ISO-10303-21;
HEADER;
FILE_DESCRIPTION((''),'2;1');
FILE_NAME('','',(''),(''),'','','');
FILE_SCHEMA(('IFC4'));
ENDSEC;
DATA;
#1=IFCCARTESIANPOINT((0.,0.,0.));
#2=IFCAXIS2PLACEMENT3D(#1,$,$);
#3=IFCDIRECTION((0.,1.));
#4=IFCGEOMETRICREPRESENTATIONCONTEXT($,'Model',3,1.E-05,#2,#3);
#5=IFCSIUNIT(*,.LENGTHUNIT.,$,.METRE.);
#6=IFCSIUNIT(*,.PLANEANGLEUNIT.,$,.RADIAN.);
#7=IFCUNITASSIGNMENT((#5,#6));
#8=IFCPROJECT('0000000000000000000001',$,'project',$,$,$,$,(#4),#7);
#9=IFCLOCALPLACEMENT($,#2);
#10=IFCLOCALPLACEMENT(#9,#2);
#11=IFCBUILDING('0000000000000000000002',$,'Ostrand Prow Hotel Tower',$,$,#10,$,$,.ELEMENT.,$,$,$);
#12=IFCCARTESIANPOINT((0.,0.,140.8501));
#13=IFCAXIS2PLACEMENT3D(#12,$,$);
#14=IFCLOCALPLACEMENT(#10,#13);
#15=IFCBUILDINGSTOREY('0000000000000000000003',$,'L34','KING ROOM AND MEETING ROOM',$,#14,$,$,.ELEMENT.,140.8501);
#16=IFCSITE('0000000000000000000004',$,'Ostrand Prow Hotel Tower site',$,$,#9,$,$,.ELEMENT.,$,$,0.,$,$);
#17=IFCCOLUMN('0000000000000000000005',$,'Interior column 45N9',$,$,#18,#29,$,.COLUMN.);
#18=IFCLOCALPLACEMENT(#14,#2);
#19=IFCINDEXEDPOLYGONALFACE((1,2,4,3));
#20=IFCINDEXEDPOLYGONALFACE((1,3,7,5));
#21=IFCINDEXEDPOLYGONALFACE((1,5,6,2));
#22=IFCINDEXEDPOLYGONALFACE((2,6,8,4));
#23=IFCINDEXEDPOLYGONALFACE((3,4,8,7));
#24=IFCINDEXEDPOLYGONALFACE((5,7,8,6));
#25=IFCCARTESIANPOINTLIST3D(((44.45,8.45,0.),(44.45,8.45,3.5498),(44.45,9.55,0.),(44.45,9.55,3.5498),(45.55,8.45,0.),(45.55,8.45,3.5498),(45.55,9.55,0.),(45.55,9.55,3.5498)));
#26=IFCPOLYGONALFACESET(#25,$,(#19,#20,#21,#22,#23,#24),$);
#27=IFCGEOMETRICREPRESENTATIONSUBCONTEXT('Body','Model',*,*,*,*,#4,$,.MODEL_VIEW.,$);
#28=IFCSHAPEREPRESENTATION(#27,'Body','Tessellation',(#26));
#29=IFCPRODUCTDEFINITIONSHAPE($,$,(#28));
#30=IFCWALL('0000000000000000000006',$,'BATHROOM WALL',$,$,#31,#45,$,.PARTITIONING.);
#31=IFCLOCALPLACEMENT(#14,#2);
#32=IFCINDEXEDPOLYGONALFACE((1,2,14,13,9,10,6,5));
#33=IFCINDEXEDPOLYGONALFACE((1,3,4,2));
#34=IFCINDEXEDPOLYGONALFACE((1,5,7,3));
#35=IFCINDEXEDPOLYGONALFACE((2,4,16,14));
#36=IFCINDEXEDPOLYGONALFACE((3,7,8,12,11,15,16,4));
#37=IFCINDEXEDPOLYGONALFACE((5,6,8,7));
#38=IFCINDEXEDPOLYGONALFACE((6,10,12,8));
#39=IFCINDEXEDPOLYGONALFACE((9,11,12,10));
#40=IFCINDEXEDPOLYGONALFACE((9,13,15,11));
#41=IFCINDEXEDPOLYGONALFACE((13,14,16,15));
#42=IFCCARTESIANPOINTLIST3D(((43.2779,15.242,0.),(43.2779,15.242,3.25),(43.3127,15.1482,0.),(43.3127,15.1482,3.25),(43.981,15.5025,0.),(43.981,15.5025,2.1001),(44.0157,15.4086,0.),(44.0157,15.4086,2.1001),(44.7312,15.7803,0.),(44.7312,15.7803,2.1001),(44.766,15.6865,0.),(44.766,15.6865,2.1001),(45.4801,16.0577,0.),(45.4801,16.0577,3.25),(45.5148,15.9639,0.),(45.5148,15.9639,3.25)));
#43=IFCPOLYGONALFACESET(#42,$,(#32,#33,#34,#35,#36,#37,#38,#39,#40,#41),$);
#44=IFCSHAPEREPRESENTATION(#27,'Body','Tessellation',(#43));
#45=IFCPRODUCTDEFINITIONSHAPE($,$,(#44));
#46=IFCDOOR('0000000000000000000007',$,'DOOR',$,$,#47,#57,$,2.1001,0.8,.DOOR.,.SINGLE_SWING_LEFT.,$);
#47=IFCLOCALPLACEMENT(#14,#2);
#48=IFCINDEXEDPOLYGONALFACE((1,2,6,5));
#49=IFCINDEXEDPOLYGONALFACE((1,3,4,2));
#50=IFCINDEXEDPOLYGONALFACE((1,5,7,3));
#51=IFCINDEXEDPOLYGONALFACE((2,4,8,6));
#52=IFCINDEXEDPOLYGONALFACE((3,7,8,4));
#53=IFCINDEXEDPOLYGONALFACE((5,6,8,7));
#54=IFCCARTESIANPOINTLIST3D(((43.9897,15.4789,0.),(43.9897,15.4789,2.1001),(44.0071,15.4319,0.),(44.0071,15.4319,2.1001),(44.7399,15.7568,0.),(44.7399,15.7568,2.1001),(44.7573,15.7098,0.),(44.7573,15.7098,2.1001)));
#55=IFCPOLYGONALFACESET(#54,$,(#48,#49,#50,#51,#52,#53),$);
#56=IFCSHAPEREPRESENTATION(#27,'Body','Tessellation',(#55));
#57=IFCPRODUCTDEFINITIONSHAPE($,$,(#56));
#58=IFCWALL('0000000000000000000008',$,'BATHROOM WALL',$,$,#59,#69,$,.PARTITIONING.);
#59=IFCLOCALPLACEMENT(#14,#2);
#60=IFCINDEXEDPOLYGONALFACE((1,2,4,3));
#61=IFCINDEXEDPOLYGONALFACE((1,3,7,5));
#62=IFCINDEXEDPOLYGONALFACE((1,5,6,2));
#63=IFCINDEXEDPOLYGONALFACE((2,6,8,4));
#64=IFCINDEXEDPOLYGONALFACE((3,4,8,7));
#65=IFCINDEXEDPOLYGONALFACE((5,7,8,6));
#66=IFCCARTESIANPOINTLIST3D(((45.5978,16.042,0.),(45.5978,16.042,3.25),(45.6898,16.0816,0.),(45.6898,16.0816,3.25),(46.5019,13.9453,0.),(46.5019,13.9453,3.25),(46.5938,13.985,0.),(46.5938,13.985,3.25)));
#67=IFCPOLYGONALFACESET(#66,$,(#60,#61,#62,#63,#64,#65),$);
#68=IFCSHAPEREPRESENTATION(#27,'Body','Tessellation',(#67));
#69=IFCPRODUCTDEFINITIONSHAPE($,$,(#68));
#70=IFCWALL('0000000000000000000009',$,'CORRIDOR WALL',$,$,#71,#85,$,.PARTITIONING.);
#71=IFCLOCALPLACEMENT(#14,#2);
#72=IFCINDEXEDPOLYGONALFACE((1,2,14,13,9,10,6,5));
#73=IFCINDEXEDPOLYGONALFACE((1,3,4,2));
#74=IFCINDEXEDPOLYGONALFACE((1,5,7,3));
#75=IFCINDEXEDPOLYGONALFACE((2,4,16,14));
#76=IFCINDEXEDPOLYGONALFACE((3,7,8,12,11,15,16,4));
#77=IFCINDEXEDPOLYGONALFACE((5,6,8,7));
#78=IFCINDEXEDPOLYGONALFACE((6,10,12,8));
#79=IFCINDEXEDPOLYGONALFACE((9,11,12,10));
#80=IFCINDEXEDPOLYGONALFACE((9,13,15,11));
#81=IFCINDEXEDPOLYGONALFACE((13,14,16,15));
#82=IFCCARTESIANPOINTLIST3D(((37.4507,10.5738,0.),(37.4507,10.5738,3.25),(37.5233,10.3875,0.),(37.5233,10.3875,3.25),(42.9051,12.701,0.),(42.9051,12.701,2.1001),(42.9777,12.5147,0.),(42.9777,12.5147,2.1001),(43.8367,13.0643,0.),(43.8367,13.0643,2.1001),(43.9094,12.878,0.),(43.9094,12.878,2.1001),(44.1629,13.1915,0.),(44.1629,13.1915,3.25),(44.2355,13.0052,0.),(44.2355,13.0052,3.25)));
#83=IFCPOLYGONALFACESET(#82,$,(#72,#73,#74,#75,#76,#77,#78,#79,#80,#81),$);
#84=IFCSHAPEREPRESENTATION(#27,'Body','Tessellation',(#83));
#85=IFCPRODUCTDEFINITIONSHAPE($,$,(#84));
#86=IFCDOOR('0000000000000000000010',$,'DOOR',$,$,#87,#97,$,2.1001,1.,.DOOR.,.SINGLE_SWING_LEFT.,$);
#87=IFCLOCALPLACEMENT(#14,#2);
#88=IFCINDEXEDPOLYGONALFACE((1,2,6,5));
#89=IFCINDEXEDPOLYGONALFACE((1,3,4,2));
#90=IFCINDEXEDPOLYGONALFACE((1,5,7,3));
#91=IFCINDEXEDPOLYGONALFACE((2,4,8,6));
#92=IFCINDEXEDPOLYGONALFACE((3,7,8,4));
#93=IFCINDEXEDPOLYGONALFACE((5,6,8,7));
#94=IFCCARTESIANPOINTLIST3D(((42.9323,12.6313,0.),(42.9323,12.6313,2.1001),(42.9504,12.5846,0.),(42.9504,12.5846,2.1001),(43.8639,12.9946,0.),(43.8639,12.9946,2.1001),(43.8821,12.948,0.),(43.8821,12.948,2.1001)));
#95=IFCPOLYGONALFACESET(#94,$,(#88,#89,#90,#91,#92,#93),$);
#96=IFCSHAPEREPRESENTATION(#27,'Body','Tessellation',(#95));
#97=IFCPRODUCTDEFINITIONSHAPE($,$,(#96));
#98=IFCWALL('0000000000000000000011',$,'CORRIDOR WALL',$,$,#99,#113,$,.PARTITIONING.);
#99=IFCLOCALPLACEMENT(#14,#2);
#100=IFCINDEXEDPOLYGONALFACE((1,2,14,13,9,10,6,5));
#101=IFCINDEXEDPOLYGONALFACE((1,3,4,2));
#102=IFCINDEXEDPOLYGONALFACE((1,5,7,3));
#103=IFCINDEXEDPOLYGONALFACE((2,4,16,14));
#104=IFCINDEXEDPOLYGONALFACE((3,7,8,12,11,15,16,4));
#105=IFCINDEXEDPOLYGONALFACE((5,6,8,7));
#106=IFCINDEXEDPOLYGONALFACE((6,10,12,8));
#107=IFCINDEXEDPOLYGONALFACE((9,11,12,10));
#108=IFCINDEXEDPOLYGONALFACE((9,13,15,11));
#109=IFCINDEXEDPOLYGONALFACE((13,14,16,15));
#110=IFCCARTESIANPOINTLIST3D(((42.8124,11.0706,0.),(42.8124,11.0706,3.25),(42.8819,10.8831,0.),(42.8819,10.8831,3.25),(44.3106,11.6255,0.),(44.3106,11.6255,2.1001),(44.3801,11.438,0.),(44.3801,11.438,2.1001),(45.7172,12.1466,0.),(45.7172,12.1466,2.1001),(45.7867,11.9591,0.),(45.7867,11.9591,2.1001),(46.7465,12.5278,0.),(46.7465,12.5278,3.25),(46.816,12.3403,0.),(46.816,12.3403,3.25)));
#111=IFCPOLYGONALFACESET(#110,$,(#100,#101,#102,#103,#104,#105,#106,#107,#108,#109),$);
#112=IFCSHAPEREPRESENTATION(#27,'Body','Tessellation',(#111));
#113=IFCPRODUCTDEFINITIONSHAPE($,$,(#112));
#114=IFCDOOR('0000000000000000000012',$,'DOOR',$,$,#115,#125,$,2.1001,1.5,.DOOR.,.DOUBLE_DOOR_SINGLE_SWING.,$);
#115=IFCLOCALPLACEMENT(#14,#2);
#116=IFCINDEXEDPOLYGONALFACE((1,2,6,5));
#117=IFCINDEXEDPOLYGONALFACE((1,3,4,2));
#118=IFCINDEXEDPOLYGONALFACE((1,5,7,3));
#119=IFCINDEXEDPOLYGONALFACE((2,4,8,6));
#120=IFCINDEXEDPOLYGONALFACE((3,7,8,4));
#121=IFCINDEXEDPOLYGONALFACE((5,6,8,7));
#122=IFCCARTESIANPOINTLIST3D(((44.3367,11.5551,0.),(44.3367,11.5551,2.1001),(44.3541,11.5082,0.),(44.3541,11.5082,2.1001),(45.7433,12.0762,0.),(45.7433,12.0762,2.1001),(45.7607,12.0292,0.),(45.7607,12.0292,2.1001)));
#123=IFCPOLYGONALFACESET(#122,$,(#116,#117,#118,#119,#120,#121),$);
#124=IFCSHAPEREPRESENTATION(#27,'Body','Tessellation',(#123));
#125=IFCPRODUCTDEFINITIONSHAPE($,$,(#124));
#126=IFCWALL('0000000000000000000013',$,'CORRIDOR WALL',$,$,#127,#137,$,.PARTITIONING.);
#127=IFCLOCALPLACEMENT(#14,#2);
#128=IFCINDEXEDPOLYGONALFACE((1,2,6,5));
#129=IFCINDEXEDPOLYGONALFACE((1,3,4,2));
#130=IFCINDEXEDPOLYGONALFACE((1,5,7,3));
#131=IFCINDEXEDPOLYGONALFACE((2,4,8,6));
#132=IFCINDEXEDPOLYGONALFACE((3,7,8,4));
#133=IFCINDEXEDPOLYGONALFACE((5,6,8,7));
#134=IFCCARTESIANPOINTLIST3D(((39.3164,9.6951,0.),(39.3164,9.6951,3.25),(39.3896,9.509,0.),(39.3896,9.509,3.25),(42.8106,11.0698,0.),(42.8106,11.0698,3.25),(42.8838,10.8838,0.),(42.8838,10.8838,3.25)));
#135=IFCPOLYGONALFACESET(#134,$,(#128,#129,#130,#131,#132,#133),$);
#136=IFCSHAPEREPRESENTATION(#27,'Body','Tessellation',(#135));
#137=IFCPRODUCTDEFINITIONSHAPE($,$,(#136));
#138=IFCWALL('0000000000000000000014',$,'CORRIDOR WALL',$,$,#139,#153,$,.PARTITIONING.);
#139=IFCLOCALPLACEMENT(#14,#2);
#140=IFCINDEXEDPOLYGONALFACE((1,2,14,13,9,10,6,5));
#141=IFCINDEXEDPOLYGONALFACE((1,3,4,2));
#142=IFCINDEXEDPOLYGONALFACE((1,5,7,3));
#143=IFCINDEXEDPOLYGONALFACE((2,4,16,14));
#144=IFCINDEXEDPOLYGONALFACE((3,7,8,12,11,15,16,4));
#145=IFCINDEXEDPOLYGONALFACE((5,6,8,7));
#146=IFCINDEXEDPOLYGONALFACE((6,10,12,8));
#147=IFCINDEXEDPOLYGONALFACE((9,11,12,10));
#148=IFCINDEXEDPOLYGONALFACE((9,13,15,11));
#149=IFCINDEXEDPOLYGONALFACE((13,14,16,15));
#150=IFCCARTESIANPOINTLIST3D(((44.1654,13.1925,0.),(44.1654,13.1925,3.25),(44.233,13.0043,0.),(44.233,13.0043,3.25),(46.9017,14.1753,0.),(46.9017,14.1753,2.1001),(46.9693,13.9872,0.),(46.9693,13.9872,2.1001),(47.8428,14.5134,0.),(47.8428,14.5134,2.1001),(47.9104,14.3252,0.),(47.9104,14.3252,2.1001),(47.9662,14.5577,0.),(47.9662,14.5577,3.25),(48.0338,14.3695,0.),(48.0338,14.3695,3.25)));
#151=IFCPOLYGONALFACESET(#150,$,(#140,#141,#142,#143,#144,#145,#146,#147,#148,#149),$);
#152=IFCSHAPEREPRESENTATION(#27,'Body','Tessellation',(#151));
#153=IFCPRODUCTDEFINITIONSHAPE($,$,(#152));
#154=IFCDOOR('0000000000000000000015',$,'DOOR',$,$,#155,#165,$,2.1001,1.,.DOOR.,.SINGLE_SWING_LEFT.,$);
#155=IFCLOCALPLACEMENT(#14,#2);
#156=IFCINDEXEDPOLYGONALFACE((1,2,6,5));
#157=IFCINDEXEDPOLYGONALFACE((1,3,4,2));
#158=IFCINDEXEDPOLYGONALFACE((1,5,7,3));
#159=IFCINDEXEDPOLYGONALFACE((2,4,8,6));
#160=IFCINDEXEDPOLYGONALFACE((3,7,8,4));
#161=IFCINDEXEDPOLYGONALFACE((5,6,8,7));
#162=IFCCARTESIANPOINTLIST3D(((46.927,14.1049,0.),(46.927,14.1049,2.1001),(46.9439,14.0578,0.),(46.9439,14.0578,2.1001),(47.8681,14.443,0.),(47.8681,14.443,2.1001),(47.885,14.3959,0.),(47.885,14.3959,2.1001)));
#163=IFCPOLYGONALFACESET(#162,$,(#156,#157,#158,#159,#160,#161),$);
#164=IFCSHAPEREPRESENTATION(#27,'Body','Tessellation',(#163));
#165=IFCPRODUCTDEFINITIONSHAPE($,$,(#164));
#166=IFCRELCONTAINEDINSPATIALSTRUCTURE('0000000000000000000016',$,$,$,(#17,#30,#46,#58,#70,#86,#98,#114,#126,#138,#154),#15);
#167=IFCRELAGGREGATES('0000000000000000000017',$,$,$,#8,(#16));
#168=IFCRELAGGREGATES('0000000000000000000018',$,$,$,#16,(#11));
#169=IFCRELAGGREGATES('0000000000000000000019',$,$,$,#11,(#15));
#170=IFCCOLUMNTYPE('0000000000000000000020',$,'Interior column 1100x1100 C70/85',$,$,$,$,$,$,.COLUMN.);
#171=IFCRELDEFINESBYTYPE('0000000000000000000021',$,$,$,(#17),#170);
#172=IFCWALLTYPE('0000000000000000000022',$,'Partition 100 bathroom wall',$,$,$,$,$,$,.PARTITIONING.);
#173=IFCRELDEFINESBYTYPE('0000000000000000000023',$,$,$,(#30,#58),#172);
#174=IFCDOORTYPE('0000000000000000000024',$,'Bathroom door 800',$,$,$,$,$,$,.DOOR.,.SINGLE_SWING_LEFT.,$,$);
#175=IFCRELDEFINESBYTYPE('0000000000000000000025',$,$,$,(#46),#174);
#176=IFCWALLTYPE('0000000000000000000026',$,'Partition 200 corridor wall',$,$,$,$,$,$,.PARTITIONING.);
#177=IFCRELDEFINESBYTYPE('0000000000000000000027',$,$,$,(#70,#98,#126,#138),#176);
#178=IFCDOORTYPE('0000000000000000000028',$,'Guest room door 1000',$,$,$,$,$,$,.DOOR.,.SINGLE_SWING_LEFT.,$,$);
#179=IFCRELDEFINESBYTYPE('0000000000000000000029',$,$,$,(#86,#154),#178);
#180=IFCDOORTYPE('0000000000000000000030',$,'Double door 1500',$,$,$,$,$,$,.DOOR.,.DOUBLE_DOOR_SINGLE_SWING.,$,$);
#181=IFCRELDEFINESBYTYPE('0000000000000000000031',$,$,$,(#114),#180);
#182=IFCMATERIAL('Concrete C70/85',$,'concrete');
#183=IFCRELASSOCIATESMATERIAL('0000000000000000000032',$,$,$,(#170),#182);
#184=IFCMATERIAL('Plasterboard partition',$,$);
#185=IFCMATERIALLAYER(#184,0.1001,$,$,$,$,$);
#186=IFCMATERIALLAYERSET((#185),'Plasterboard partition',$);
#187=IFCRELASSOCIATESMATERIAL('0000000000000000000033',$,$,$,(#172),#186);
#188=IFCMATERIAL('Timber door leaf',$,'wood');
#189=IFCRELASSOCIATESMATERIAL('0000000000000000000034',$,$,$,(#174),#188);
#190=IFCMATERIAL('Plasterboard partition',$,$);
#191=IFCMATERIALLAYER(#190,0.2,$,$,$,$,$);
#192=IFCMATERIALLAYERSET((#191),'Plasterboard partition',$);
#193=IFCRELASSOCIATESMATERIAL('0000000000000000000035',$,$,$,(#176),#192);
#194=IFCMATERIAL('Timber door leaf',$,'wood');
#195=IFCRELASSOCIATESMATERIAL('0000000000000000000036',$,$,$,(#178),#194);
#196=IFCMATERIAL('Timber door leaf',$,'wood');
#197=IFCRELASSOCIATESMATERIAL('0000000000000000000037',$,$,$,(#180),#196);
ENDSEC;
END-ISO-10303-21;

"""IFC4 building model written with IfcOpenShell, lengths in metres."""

from ifc_helpers import new_model, si_unit, direction, frame, frame_2d, origin, origin_2d, place, context, subcontext, project, spatial, rectangle, extrude, material, layer, layer_set, material_profile, profile_set, type_object, element, fill, save


model = new_model("IFC4")

# Units and contexts
model_context = context("Model", 3, precision=1e-05, world=origin(), true_north=direction((0.0, 1.0)))
body_context = subcontext(model_context, "Body", "Model", "MODEL_VIEW")
ifc_project = project(units=[si_unit("LENGTHUNIT", "METRE"), si_unit("PLANEANGLEUNIT", "RADIAN")], contexts=[model_context])

# Site, building, storey
site_placement = place(None, origin())
site = spatial("IfcSite", under=ifc_project, at=site_placement, Name="Ostrand Prow Hotel Tower site", CompositionType="ELEMENT", RefElevation=0.0)
building_placement = place(site_placement, origin())
building = spatial("IfcBuilding", under=site, at=building_placement, Name="Ostrand Prow Hotel Tower", CompositionType="ELEMENT")
storey_placement = place(building_placement, frame((0.0, 0.0, 140.8501)))
storey = spatial("IfcBuildingStorey", under=building, at=storey_placement, Name="L34", Description="KING ROOM AND MEETING ROOM", CompositionType="ELEMENT", Elevation=140.8501)

# Column
ifc_material_1 = material(Name="Concrete C70/85", Category="concrete")
ifc_material_profile = material_profile(ifc_material_1, rectangle(XDim=1.1001, YDim=1.1001, at=origin_2d()), Name="RC 1100x1100")
ifc_profile_set = profile_set([ifc_material_profile], Name="Concrete C70/85")
column_type = type_object("IfcColumnType", Name="Interior column 1100x1100 C70/85", PredefinedType="COLUMN", material=ifc_profile_set)
column_placement = place(storey_placement, frame((45.0, 9.0, 0.0), z_axis=(0.0, 0.0, 1.0), x_axis=(1.0, 0.0, 0.0)))
element("IfcColumn", 1, at=column_placement, inside=storey, type_object=column_type, Name="Interior column 45N9", PredefinedType="COLUMN", context=body_context, shape_type="SweptSolid", body=[
    extrude(rectangle(XDim=1.1001, YDim=1.1001, at=origin_2d()), origin(), (0.0, 0.0, 1.0), 3.5498),
])

# Wall, opening, door
ifc_material_2 = material(Name="Plasterboard partition")
ifc_layer_1 = layer(ifc_material_2, 0.1001)
ifc_layer_set_1 = layer_set([ifc_layer_1], Name="Plasterboard partition")
wall_type_1 = type_object("IfcWallType", Name="Partition 100 bathroom wall", PredefinedType="PARTITIONING", material=ifc_layer_set_1)
wall_1_placement = place(storey_placement, frame((43.2952, 15.1951, 0.0), z_axis=(0.0, 0.0, 1.0), x_axis=(0.93774, 0.347338, 0.0)))
wall_1 = element("IfcWall", 2, at=wall_1_placement, inside=storey, type_object=wall_type_1, Name="BATHROOM WALL", PredefinedType="PARTITIONING", context=body_context, shape_type="SweptSolid", body=[
    extrude(rectangle(XDim=2.3484, YDim=0.1001, at=frame_2d((1.1743, 0.0))), origin(), (0.0, 0.0, 1.0), 3.25),
])
opening_1_placement = place(wall_1_placement, frame((0.75, 0.0, 0.0)))
opening_1 = element("IfcOpeningElement", 3, at=opening_1_placement, cuts=wall_1, PredefinedType="OPENING", context=body_context, shape_type="SweptSolid", body=[
    extrude(rectangle(XDim=0.8, YDim=2.1001, at=frame_2d((0.3999, 1.05))), frame((0.0, 0.0601, 0.0), z_axis=(0.0, -1.0, 0.0), x_axis=(1.0, 0.0, 0.0)), (0.0, 0.0, 1.0), 0.1201),
])
ifc_material_3 = material(Name="Timber door leaf", Category="wood")
door_type_1 = type_object("IfcDoorType", Name="Bathroom door 800", OperationType="SINGLE_SWING_LEFT", PredefinedType="DOOR", material=ifc_material_3)
door_1_placement = place(opening_1_placement, origin())
door_1 = element("IfcDoor", 4, at=door_1_placement, inside=storey, type_object=door_type_1, Name="DOOR", OperationType="SINGLE_SWING_LEFT", OverallHeight=2.1001, OverallWidth=0.8, PredefinedType="DOOR", context=body_context, shape_type="SweptSolid", body=[
    extrude(rectangle(XDim=0.8, YDim=2.1001, at=frame_2d((0.3999, 1.05))), frame((0.0, 0.0249, 0.0), z_axis=(0.0, -1.0, 0.0), x_axis=(1.0, 0.0, 0.0)), (0.0, 0.0, 1.0), 0.05),
])
fill(opening_1, door_1)

# Wall
wall_2_placement = place(storey_placement, frame((45.6438, 16.0618, 0.0), z_axis=(0.0, 0.0, 1.0), x_axis=(0.395944, -0.918274, 0.0)))
element("IfcWall", 5, at=wall_2_placement, inside=storey, type_object=wall_type_1, Name="BATHROOM WALL", PredefinedType="PARTITIONING", context=body_context, shape_type="SweptSolid", body=[
    extrude(rectangle(XDim=2.2832, YDim=0.1001, at=frame_2d((1.1416, 0.0))), origin(), (0.0, 0.0, 1.0), 3.25),
])

# Walls, openings, doors
ifc_material_4 = material(Name="Plasterboard partition")
ifc_layer_2 = layer(ifc_material_4, 0.2)
ifc_layer_set_2 = layer_set([ifc_layer_2], Name="Plasterboard partition")
wall_type_2 = type_object("IfcWallType", Name="Partition 200 corridor wall", PredefinedType="PARTITIONING", material=ifc_layer_set_2)
wall_3_placement = place(storey_placement, frame((44.1992, 13.0984, 0.0), z_axis=(0.0, 0.0, 1.0), x_axis=(-0.931658, -0.363337, 0.0)))
wall_3 = element("IfcWall", 6, at=wall_3_placement, inside=storey, type_object=wall_type_2, Name="CORRIDOR WALL", PredefinedType="PARTITIONING", context=body_context, shape_type="SweptSolid", body=[
    extrude(rectangle(XDim=7.2046, YDim=0.2, at=frame_2d((3.6023, 0.0))), origin(), (0.0, 0.0, 1.0), 3.25),
])
opening_2_placement = place(wall_3_placement, frame((0.3501, 0.0, 0.0)))
opening_2 = element("IfcOpeningElement", 7, at=opening_2_placement, cuts=wall_3, PredefinedType="OPENING", context=body_context, shape_type="SweptSolid", body=[
    extrude(rectangle(XDim=1.0, YDim=2.1001, at=frame_2d((0.5, 1.05))), frame((0.0, 0.1099, 0.0), z_axis=(0.0, -1.0, 0.0), x_axis=(1.0, 0.0, 0.0)), (0.0, 0.0, 1.0), 0.22),
])
ifc_material_5 = material(Name="Timber door leaf", Category="wood")
door_type_2 = type_object("IfcDoorType", Name="Guest room door 1000", OperationType="SINGLE_SWING_LEFT", PredefinedType="DOOR", material=ifc_material_5)
door_2_placement = place(opening_2_placement, origin())
door_2 = element("IfcDoor", 8, at=door_2_placement, inside=storey, type_object=door_type_2, Name="DOOR", OperationType="SINGLE_SWING_LEFT", OverallHeight=2.1001, OverallWidth=1.0, PredefinedType="DOOR", context=body_context, shape_type="SweptSolid", body=[
    extrude(rectangle(XDim=1.0, YDim=2.1001, at=frame_2d((0.5, 1.05))), frame((0.0, 0.0249, 0.0), z_axis=(0.0, -1.0, 0.0), x_axis=(1.0, 0.0, 0.0)), (0.0, 0.0, 1.0), 0.05),
])
fill(opening_2, door_2)
wall_4_placement = place(storey_placement, frame((42.8472, 10.9768, 0.0), z_axis=(0.0, 0.0, 1.0), x_axis=(0.937733, 0.347358, 0.0)))
wall_4 = element("IfcWall", 9, at=wall_4_placement, inside=storey, type_object=wall_type_2, Name="CORRIDOR WALL", PredefinedType="PARTITIONING", context=body_context, shape_type="SweptSolid", body=[
    extrude(rectangle(XDim=4.1953, YDim=0.2, at=frame_2d((2.0977, 0.0))), origin(), (0.0, 0.0, 1.0), 3.25),
])
opening_3_placement = place(wall_4_placement, frame((1.5977, 0.0, 0.0)))
opening_3 = element("IfcOpeningElement", 10, at=opening_3_placement, cuts=wall_4, PredefinedType="OPENING", context=body_context, shape_type="SweptSolid", body=[
    extrude(rectangle(XDim=1.5, YDim=2.1001, at=frame_2d((0.75, 1.05))), frame((0.0, 0.1099, 0.0), z_axis=(0.0, -1.0, 0.0), x_axis=(1.0, 0.0, 0.0)), (0.0, 0.0, 1.0), 0.22),
])
ifc_material_6 = material(Name="Timber door leaf", Category="wood")
door_type_3 = type_object("IfcDoorType", Name="Double door 1500", OperationType="DOUBLE_DOOR_SINGLE_SWING", PredefinedType="DOOR", material=ifc_material_6)
door_3_placement = place(opening_3_placement, origin())
door_3 = element("IfcDoor", 11, at=door_3_placement, inside=storey, type_object=door_type_3, Name="DOOR", OperationType="DOUBLE_DOOR_SINGLE_SWING", OverallHeight=2.1001, OverallWidth=1.5, PredefinedType="DOOR", context=body_context, shape_type="SweptSolid", body=[
    extrude(rectangle(XDim=1.5, YDim=2.1001, at=frame_2d((0.75, 1.05))), frame((0.0, 0.0249, 0.0), z_axis=(0.0, -1.0, 0.0), x_axis=(1.0, 0.0, 0.0)), (0.0, 0.0, 1.0), 0.05),
])
fill(opening_3, door_3)

# Wall
wall_5_placement = place(storey_placement, frame((39.353, 9.6021, 0.0), z_axis=(0.0, 0.0, 1.0), x_axis=(0.930565, 0.366127, 0.0)))
element("IfcWall", 12, at=wall_5_placement, inside=storey, type_object=wall_type_2, Name="CORRIDOR WALL", PredefinedType="PARTITIONING", context=body_context, shape_type="SweptSolid", body=[
    extrude(rectangle(XDim=3.7549, YDim=0.2, at=frame_2d((1.8774, 0.0))), origin(), (0.0, 0.0, 1.0), 3.25),
])

# Wall, opening, door
wall_6_placement = place(storey_placement, frame((48.0, 14.4636, 0.0), z_axis=(0.0, 0.0, 1.0), x_axis=(-0.941128, -0.338051, 0.0)))
wall_6 = element("IfcWall", 13, at=wall_6_placement, inside=storey, type_object=wall_type_2, Name="CORRIDOR WALL", PredefinedType="PARTITIONING", context=body_context, shape_type="SweptSolid", body=[
    extrude(rectangle(XDim=4.0386, YDim=0.2, at=frame_2d((2.0193, 0.0))), origin(), (0.0, 0.0, 1.0), 3.25),
])
opening_4_placement = place(wall_6_placement, frame((0.1311, 0.0, 0.0)))
opening_4 = element("IfcOpeningElement", 14, at=opening_4_placement, cuts=wall_6, PredefinedType="OPENING", context=body_context, shape_type="SweptSolid", body=[
    extrude(rectangle(XDim=1.0, YDim=2.1001, at=frame_2d((0.5, 1.05))), frame((0.0, 0.1099, 0.0), z_axis=(0.0, -1.0, 0.0), x_axis=(1.0, 0.0, 0.0)), (0.0, 0.0, 1.0), 0.22),
])
door_4_placement = place(opening_4_placement, origin())
door_4 = element("IfcDoor", 15, at=door_4_placement, inside=storey, type_object=door_type_2, Name="DOOR", OperationType="SINGLE_SWING_LEFT", OverallHeight=2.1001, OverallWidth=1.0, PredefinedType="DOOR", context=body_context, shape_type="SweptSolid", body=[
    extrude(rectangle(XDim=1.0, YDim=2.1001, at=frame_2d((0.5, 1.05))), frame((0.0, 0.0249, 0.0), z_axis=(0.0, -1.0, 0.0), x_axis=(1.0, 0.0, 0.0)), (0.0, 0.0, 1.0), 0.05),
])
fill(opening_4, door_4)

save(model, "model.ifc")
